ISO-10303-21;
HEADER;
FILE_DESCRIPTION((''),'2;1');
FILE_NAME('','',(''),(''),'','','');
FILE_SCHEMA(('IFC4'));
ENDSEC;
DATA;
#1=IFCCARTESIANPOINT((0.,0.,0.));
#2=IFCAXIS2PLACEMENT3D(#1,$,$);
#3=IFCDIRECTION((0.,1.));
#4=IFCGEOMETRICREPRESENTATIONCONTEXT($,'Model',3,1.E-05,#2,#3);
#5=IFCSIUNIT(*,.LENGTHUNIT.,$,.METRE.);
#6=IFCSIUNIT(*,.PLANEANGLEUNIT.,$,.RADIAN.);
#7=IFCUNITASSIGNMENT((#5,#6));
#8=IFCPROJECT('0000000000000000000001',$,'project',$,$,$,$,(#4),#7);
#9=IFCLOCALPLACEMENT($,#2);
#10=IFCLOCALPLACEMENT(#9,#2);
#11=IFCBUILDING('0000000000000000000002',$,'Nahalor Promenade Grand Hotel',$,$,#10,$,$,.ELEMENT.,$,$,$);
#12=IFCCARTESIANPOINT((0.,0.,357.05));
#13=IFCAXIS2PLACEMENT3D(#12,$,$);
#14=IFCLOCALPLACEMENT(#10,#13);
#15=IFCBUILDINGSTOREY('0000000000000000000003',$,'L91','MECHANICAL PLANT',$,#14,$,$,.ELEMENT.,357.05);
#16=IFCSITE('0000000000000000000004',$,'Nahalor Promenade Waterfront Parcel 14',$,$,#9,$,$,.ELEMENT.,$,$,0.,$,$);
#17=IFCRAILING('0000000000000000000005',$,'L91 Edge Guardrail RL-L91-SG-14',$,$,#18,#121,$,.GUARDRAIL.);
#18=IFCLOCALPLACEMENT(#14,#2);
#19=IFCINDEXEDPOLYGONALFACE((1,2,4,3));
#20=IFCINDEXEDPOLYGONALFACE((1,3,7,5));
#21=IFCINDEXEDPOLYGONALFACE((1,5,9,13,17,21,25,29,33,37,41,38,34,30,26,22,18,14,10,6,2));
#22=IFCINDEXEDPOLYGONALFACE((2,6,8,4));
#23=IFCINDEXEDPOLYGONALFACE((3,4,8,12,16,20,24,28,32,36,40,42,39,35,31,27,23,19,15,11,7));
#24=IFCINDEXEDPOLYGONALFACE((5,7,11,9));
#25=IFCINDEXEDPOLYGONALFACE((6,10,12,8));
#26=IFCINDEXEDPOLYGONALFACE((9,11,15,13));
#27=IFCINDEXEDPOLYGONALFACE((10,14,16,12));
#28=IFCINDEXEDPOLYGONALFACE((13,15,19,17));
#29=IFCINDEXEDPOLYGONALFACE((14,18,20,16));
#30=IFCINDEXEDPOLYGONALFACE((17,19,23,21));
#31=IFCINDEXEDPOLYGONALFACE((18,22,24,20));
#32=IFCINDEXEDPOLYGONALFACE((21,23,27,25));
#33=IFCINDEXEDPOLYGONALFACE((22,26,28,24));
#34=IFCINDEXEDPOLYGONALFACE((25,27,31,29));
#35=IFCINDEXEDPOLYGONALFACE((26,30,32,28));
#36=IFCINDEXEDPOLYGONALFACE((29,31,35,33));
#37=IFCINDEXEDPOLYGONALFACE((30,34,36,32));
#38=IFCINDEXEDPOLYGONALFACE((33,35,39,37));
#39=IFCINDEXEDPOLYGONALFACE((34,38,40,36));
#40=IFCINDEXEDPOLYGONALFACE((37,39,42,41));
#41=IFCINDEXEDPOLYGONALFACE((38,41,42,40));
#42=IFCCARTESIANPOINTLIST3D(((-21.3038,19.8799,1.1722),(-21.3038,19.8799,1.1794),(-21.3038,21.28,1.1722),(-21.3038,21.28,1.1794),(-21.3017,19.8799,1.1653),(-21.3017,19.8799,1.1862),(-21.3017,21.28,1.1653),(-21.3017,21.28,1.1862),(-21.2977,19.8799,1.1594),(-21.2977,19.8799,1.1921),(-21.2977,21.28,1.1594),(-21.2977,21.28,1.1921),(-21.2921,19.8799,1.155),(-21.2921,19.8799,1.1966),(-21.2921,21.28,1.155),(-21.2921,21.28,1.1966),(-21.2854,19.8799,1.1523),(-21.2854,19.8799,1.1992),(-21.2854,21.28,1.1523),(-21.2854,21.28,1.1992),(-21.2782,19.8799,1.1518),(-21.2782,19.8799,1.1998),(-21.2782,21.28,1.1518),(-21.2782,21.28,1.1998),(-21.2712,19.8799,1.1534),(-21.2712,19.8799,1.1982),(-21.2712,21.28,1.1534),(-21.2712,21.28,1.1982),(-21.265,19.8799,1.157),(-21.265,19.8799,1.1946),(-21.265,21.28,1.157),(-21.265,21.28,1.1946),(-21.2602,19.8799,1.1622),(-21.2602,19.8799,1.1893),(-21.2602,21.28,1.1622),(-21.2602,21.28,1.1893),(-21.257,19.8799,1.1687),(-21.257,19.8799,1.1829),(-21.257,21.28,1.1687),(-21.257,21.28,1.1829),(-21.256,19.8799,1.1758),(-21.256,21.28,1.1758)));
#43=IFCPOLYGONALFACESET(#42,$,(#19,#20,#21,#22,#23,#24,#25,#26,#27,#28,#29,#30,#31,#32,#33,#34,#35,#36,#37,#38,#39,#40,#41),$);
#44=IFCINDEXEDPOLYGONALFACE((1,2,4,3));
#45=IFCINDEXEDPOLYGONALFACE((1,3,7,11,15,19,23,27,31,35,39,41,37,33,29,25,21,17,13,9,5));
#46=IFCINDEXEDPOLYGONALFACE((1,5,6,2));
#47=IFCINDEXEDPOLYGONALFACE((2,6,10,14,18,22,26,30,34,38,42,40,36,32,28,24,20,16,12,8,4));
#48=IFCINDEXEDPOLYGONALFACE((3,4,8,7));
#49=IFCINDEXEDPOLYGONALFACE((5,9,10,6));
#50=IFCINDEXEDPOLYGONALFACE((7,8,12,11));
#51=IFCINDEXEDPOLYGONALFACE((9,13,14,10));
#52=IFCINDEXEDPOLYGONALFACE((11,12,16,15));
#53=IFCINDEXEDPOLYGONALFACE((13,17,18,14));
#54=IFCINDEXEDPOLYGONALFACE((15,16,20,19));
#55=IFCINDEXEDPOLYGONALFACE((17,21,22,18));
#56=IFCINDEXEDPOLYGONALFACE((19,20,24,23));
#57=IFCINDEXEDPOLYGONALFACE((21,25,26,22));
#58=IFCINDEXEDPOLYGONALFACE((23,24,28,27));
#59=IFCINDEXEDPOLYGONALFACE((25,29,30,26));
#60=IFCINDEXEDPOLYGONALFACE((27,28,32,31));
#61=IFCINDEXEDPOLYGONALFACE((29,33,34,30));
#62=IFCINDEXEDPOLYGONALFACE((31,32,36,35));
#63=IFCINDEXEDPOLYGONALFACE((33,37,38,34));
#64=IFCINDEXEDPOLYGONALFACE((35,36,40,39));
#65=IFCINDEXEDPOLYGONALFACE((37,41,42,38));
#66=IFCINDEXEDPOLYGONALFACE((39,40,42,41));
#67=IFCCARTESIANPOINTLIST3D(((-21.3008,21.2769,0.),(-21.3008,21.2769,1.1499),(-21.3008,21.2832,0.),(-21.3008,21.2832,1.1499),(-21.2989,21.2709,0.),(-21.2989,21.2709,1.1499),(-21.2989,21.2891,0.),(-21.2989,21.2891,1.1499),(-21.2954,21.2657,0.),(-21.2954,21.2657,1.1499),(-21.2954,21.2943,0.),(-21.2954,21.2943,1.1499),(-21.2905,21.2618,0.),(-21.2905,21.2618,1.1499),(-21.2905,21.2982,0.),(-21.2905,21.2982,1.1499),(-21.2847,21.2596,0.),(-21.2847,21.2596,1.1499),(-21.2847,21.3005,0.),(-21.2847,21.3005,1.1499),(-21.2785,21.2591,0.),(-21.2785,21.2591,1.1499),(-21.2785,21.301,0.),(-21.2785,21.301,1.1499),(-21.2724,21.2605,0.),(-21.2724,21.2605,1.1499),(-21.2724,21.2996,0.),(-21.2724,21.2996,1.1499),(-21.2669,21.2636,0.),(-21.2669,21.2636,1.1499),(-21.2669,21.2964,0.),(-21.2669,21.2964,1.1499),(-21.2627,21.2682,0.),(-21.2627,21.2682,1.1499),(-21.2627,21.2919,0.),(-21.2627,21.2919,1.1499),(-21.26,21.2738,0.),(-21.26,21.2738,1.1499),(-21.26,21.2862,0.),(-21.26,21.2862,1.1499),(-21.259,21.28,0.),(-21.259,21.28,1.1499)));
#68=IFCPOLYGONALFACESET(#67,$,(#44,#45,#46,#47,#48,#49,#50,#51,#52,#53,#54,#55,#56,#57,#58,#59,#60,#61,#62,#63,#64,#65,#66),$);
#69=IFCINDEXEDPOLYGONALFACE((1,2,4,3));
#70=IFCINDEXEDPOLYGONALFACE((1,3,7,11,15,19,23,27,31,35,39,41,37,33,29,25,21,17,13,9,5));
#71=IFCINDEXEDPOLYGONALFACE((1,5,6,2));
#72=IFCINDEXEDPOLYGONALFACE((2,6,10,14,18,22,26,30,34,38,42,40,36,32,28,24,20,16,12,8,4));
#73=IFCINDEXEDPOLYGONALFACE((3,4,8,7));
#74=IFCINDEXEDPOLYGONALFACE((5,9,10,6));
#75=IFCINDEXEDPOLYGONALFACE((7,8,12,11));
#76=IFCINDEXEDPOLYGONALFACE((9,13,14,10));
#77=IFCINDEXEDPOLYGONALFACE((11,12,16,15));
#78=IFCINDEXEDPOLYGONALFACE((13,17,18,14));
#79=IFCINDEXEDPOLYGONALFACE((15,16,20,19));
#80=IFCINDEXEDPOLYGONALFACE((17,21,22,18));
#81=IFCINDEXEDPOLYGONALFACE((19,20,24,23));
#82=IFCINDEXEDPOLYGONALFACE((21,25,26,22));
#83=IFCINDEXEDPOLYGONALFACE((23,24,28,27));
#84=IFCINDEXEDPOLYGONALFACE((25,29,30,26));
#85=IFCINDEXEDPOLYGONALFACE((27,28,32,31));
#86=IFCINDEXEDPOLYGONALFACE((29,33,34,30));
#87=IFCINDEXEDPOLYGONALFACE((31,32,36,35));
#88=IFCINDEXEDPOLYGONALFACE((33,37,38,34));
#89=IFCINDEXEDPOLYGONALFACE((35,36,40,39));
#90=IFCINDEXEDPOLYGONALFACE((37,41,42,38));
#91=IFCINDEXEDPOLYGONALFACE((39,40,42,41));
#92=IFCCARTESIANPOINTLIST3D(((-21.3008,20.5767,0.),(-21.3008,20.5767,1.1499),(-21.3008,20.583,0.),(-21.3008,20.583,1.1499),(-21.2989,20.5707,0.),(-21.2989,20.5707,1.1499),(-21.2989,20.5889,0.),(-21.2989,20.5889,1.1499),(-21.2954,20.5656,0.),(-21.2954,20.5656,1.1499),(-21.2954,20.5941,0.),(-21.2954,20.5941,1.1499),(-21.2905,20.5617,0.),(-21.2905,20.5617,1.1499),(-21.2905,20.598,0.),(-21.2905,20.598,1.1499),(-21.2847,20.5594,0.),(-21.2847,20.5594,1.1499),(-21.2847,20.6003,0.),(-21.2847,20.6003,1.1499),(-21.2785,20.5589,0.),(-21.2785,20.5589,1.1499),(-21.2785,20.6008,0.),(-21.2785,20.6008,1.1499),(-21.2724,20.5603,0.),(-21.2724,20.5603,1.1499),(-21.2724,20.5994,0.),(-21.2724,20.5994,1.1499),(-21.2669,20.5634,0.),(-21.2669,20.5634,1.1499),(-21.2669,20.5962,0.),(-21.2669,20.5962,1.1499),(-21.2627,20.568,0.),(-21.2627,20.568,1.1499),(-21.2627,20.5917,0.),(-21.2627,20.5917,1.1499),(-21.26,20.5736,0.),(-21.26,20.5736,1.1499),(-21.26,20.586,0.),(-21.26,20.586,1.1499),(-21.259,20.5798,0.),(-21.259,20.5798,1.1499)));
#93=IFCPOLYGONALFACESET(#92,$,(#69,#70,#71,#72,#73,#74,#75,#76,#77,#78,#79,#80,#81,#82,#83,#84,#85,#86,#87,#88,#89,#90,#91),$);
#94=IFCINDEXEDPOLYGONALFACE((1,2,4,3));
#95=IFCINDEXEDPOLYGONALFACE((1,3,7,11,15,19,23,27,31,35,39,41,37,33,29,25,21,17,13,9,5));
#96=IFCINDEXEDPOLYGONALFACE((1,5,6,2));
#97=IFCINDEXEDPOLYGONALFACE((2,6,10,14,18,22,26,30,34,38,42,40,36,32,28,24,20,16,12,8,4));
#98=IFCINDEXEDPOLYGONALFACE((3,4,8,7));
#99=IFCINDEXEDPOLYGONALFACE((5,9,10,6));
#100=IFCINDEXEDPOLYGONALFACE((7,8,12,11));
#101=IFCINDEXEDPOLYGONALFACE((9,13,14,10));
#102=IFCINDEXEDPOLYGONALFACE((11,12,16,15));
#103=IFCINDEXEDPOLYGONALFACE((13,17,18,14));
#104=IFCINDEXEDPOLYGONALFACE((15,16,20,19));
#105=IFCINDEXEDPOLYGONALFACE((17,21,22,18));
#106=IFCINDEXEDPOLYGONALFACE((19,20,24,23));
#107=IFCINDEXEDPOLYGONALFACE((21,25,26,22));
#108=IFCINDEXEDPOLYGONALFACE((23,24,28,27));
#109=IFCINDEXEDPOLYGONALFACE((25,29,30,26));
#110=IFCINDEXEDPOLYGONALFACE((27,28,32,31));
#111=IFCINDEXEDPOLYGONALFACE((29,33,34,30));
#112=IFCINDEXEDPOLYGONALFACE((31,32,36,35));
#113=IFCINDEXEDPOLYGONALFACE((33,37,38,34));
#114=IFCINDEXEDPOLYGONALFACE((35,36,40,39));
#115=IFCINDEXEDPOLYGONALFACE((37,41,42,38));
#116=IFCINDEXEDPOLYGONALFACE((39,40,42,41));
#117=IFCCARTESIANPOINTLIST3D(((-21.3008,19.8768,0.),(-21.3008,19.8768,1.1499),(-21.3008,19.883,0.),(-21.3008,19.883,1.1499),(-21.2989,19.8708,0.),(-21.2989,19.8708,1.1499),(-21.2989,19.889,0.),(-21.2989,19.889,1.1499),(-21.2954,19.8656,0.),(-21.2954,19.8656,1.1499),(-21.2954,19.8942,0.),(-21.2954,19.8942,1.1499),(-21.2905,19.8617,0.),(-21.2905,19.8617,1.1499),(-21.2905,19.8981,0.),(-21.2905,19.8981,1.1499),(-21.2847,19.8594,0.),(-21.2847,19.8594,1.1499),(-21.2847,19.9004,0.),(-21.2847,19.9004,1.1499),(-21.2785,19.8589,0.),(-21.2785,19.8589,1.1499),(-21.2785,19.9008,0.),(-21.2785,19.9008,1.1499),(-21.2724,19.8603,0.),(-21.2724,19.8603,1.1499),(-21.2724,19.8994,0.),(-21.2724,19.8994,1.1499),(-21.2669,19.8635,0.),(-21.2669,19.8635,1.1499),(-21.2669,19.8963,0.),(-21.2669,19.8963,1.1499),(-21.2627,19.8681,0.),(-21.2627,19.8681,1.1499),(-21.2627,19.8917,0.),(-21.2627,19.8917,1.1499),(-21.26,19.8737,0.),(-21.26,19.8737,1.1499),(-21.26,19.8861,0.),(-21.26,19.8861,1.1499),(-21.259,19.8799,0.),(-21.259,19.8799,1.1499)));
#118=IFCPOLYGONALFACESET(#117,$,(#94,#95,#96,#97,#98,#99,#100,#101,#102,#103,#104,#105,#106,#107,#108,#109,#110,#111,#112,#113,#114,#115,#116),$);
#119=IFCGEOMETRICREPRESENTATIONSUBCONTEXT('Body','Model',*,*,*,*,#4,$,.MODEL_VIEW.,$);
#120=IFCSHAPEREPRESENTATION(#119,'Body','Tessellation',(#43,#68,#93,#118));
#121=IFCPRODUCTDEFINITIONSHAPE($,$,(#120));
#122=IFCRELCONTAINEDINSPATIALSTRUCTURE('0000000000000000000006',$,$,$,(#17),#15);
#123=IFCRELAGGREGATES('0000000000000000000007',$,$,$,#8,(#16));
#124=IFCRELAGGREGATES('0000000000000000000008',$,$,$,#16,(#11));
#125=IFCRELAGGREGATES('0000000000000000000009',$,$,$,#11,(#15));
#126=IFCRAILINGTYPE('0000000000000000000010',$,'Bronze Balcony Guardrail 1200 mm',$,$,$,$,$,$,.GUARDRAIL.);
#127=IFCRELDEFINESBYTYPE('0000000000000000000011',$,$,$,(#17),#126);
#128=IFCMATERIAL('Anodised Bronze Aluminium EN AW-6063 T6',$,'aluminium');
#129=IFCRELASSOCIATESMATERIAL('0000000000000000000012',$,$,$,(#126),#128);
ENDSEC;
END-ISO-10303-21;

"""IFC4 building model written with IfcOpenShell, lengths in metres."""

from ifc_helpers import new_model, si_unit, direction, frame, origin, origin_2d, place, context, subcontext, project, spatial, circle, extrude, material, type_object, element, save


model = new_model("IFC4")

# Units and contexts
model_context = context("Model", 3, precision=1e-05, world=origin(), true_north=direction((0.0, 1.0)))
body_context = subcontext(model_context, "Body", "Model", "MODEL_VIEW")
ifc_project = project(units=[si_unit("LENGTHUNIT", "METRE"), si_unit("PLANEANGLEUNIT", "RADIAN")], contexts=[model_context])

# Site, building, storey
site_placement = place(None, origin())
site = spatial("IfcSite", under=ifc_project, at=site_placement, Name="Nahalor Promenade Waterfront Parcel 14", CompositionType="ELEMENT", RefElevation=0.0)
building_placement = place(site_placement, origin())
building = spatial("IfcBuilding", under=site, at=building_placement, Name="Nahalor Promenade Grand Hotel", CompositionType="ELEMENT")
storey_placement = place(building_placement, frame((0.0, 0.0, 357.05)))
storey = spatial("IfcBuildingStorey", under=building, at=storey_placement, Name="L91", Description="MECHANICAL PLANT", CompositionType="ELEMENT", Elevation=357.05)

# Shared definitions
ifc_material_1 = material(Name="Anodised Bronze Aluminium EN AW-6063 T6", Category="aluminium")

# Railing
railing_type = type_object("IfcRailingType", Name="Bronze Balcony Guardrail 1200 mm", PredefinedType="GUARDRAIL", material=ifc_material_1)
railing_1_placement = place(storey_placement, frame((-21.28, 21.28, 0.0)))
element("IfcRailing", 1, at=railing_1_placement, inside=storey, type_object=railing_type, Name="L91 Edge Guardrail RL-L91-SG-14", PredefinedType="GUARDRAIL", context=body_context, shape_type="SweptSolid", body=[
    extrude(circle(Radius=0.024, at=origin_2d()), frame((0.0, 0.0, 1.1758), z_axis=(0.0, -1.0, 0.0), x_axis=(1.0, 0.0, 0.0)), (0.0, 0.0, 1.0), 1.4001),
    extrude(circle(Radius=0.021, at=origin_2d()), origin(), (0.0, 0.0, 1.0), 1.1499),
    extrude(circle(Radius=0.021, at=origin_2d()), frame((0.0, -0.7002, 0.0)), (0.0, 0.0, 1.0), 1.1499),
    extrude(circle(Radius=0.021, at=origin_2d()), frame((0.0, -1.4001, 0.0)), (0.0, 0.0, 1.0), 1.1499),
])

save(model, "model.ifc")
